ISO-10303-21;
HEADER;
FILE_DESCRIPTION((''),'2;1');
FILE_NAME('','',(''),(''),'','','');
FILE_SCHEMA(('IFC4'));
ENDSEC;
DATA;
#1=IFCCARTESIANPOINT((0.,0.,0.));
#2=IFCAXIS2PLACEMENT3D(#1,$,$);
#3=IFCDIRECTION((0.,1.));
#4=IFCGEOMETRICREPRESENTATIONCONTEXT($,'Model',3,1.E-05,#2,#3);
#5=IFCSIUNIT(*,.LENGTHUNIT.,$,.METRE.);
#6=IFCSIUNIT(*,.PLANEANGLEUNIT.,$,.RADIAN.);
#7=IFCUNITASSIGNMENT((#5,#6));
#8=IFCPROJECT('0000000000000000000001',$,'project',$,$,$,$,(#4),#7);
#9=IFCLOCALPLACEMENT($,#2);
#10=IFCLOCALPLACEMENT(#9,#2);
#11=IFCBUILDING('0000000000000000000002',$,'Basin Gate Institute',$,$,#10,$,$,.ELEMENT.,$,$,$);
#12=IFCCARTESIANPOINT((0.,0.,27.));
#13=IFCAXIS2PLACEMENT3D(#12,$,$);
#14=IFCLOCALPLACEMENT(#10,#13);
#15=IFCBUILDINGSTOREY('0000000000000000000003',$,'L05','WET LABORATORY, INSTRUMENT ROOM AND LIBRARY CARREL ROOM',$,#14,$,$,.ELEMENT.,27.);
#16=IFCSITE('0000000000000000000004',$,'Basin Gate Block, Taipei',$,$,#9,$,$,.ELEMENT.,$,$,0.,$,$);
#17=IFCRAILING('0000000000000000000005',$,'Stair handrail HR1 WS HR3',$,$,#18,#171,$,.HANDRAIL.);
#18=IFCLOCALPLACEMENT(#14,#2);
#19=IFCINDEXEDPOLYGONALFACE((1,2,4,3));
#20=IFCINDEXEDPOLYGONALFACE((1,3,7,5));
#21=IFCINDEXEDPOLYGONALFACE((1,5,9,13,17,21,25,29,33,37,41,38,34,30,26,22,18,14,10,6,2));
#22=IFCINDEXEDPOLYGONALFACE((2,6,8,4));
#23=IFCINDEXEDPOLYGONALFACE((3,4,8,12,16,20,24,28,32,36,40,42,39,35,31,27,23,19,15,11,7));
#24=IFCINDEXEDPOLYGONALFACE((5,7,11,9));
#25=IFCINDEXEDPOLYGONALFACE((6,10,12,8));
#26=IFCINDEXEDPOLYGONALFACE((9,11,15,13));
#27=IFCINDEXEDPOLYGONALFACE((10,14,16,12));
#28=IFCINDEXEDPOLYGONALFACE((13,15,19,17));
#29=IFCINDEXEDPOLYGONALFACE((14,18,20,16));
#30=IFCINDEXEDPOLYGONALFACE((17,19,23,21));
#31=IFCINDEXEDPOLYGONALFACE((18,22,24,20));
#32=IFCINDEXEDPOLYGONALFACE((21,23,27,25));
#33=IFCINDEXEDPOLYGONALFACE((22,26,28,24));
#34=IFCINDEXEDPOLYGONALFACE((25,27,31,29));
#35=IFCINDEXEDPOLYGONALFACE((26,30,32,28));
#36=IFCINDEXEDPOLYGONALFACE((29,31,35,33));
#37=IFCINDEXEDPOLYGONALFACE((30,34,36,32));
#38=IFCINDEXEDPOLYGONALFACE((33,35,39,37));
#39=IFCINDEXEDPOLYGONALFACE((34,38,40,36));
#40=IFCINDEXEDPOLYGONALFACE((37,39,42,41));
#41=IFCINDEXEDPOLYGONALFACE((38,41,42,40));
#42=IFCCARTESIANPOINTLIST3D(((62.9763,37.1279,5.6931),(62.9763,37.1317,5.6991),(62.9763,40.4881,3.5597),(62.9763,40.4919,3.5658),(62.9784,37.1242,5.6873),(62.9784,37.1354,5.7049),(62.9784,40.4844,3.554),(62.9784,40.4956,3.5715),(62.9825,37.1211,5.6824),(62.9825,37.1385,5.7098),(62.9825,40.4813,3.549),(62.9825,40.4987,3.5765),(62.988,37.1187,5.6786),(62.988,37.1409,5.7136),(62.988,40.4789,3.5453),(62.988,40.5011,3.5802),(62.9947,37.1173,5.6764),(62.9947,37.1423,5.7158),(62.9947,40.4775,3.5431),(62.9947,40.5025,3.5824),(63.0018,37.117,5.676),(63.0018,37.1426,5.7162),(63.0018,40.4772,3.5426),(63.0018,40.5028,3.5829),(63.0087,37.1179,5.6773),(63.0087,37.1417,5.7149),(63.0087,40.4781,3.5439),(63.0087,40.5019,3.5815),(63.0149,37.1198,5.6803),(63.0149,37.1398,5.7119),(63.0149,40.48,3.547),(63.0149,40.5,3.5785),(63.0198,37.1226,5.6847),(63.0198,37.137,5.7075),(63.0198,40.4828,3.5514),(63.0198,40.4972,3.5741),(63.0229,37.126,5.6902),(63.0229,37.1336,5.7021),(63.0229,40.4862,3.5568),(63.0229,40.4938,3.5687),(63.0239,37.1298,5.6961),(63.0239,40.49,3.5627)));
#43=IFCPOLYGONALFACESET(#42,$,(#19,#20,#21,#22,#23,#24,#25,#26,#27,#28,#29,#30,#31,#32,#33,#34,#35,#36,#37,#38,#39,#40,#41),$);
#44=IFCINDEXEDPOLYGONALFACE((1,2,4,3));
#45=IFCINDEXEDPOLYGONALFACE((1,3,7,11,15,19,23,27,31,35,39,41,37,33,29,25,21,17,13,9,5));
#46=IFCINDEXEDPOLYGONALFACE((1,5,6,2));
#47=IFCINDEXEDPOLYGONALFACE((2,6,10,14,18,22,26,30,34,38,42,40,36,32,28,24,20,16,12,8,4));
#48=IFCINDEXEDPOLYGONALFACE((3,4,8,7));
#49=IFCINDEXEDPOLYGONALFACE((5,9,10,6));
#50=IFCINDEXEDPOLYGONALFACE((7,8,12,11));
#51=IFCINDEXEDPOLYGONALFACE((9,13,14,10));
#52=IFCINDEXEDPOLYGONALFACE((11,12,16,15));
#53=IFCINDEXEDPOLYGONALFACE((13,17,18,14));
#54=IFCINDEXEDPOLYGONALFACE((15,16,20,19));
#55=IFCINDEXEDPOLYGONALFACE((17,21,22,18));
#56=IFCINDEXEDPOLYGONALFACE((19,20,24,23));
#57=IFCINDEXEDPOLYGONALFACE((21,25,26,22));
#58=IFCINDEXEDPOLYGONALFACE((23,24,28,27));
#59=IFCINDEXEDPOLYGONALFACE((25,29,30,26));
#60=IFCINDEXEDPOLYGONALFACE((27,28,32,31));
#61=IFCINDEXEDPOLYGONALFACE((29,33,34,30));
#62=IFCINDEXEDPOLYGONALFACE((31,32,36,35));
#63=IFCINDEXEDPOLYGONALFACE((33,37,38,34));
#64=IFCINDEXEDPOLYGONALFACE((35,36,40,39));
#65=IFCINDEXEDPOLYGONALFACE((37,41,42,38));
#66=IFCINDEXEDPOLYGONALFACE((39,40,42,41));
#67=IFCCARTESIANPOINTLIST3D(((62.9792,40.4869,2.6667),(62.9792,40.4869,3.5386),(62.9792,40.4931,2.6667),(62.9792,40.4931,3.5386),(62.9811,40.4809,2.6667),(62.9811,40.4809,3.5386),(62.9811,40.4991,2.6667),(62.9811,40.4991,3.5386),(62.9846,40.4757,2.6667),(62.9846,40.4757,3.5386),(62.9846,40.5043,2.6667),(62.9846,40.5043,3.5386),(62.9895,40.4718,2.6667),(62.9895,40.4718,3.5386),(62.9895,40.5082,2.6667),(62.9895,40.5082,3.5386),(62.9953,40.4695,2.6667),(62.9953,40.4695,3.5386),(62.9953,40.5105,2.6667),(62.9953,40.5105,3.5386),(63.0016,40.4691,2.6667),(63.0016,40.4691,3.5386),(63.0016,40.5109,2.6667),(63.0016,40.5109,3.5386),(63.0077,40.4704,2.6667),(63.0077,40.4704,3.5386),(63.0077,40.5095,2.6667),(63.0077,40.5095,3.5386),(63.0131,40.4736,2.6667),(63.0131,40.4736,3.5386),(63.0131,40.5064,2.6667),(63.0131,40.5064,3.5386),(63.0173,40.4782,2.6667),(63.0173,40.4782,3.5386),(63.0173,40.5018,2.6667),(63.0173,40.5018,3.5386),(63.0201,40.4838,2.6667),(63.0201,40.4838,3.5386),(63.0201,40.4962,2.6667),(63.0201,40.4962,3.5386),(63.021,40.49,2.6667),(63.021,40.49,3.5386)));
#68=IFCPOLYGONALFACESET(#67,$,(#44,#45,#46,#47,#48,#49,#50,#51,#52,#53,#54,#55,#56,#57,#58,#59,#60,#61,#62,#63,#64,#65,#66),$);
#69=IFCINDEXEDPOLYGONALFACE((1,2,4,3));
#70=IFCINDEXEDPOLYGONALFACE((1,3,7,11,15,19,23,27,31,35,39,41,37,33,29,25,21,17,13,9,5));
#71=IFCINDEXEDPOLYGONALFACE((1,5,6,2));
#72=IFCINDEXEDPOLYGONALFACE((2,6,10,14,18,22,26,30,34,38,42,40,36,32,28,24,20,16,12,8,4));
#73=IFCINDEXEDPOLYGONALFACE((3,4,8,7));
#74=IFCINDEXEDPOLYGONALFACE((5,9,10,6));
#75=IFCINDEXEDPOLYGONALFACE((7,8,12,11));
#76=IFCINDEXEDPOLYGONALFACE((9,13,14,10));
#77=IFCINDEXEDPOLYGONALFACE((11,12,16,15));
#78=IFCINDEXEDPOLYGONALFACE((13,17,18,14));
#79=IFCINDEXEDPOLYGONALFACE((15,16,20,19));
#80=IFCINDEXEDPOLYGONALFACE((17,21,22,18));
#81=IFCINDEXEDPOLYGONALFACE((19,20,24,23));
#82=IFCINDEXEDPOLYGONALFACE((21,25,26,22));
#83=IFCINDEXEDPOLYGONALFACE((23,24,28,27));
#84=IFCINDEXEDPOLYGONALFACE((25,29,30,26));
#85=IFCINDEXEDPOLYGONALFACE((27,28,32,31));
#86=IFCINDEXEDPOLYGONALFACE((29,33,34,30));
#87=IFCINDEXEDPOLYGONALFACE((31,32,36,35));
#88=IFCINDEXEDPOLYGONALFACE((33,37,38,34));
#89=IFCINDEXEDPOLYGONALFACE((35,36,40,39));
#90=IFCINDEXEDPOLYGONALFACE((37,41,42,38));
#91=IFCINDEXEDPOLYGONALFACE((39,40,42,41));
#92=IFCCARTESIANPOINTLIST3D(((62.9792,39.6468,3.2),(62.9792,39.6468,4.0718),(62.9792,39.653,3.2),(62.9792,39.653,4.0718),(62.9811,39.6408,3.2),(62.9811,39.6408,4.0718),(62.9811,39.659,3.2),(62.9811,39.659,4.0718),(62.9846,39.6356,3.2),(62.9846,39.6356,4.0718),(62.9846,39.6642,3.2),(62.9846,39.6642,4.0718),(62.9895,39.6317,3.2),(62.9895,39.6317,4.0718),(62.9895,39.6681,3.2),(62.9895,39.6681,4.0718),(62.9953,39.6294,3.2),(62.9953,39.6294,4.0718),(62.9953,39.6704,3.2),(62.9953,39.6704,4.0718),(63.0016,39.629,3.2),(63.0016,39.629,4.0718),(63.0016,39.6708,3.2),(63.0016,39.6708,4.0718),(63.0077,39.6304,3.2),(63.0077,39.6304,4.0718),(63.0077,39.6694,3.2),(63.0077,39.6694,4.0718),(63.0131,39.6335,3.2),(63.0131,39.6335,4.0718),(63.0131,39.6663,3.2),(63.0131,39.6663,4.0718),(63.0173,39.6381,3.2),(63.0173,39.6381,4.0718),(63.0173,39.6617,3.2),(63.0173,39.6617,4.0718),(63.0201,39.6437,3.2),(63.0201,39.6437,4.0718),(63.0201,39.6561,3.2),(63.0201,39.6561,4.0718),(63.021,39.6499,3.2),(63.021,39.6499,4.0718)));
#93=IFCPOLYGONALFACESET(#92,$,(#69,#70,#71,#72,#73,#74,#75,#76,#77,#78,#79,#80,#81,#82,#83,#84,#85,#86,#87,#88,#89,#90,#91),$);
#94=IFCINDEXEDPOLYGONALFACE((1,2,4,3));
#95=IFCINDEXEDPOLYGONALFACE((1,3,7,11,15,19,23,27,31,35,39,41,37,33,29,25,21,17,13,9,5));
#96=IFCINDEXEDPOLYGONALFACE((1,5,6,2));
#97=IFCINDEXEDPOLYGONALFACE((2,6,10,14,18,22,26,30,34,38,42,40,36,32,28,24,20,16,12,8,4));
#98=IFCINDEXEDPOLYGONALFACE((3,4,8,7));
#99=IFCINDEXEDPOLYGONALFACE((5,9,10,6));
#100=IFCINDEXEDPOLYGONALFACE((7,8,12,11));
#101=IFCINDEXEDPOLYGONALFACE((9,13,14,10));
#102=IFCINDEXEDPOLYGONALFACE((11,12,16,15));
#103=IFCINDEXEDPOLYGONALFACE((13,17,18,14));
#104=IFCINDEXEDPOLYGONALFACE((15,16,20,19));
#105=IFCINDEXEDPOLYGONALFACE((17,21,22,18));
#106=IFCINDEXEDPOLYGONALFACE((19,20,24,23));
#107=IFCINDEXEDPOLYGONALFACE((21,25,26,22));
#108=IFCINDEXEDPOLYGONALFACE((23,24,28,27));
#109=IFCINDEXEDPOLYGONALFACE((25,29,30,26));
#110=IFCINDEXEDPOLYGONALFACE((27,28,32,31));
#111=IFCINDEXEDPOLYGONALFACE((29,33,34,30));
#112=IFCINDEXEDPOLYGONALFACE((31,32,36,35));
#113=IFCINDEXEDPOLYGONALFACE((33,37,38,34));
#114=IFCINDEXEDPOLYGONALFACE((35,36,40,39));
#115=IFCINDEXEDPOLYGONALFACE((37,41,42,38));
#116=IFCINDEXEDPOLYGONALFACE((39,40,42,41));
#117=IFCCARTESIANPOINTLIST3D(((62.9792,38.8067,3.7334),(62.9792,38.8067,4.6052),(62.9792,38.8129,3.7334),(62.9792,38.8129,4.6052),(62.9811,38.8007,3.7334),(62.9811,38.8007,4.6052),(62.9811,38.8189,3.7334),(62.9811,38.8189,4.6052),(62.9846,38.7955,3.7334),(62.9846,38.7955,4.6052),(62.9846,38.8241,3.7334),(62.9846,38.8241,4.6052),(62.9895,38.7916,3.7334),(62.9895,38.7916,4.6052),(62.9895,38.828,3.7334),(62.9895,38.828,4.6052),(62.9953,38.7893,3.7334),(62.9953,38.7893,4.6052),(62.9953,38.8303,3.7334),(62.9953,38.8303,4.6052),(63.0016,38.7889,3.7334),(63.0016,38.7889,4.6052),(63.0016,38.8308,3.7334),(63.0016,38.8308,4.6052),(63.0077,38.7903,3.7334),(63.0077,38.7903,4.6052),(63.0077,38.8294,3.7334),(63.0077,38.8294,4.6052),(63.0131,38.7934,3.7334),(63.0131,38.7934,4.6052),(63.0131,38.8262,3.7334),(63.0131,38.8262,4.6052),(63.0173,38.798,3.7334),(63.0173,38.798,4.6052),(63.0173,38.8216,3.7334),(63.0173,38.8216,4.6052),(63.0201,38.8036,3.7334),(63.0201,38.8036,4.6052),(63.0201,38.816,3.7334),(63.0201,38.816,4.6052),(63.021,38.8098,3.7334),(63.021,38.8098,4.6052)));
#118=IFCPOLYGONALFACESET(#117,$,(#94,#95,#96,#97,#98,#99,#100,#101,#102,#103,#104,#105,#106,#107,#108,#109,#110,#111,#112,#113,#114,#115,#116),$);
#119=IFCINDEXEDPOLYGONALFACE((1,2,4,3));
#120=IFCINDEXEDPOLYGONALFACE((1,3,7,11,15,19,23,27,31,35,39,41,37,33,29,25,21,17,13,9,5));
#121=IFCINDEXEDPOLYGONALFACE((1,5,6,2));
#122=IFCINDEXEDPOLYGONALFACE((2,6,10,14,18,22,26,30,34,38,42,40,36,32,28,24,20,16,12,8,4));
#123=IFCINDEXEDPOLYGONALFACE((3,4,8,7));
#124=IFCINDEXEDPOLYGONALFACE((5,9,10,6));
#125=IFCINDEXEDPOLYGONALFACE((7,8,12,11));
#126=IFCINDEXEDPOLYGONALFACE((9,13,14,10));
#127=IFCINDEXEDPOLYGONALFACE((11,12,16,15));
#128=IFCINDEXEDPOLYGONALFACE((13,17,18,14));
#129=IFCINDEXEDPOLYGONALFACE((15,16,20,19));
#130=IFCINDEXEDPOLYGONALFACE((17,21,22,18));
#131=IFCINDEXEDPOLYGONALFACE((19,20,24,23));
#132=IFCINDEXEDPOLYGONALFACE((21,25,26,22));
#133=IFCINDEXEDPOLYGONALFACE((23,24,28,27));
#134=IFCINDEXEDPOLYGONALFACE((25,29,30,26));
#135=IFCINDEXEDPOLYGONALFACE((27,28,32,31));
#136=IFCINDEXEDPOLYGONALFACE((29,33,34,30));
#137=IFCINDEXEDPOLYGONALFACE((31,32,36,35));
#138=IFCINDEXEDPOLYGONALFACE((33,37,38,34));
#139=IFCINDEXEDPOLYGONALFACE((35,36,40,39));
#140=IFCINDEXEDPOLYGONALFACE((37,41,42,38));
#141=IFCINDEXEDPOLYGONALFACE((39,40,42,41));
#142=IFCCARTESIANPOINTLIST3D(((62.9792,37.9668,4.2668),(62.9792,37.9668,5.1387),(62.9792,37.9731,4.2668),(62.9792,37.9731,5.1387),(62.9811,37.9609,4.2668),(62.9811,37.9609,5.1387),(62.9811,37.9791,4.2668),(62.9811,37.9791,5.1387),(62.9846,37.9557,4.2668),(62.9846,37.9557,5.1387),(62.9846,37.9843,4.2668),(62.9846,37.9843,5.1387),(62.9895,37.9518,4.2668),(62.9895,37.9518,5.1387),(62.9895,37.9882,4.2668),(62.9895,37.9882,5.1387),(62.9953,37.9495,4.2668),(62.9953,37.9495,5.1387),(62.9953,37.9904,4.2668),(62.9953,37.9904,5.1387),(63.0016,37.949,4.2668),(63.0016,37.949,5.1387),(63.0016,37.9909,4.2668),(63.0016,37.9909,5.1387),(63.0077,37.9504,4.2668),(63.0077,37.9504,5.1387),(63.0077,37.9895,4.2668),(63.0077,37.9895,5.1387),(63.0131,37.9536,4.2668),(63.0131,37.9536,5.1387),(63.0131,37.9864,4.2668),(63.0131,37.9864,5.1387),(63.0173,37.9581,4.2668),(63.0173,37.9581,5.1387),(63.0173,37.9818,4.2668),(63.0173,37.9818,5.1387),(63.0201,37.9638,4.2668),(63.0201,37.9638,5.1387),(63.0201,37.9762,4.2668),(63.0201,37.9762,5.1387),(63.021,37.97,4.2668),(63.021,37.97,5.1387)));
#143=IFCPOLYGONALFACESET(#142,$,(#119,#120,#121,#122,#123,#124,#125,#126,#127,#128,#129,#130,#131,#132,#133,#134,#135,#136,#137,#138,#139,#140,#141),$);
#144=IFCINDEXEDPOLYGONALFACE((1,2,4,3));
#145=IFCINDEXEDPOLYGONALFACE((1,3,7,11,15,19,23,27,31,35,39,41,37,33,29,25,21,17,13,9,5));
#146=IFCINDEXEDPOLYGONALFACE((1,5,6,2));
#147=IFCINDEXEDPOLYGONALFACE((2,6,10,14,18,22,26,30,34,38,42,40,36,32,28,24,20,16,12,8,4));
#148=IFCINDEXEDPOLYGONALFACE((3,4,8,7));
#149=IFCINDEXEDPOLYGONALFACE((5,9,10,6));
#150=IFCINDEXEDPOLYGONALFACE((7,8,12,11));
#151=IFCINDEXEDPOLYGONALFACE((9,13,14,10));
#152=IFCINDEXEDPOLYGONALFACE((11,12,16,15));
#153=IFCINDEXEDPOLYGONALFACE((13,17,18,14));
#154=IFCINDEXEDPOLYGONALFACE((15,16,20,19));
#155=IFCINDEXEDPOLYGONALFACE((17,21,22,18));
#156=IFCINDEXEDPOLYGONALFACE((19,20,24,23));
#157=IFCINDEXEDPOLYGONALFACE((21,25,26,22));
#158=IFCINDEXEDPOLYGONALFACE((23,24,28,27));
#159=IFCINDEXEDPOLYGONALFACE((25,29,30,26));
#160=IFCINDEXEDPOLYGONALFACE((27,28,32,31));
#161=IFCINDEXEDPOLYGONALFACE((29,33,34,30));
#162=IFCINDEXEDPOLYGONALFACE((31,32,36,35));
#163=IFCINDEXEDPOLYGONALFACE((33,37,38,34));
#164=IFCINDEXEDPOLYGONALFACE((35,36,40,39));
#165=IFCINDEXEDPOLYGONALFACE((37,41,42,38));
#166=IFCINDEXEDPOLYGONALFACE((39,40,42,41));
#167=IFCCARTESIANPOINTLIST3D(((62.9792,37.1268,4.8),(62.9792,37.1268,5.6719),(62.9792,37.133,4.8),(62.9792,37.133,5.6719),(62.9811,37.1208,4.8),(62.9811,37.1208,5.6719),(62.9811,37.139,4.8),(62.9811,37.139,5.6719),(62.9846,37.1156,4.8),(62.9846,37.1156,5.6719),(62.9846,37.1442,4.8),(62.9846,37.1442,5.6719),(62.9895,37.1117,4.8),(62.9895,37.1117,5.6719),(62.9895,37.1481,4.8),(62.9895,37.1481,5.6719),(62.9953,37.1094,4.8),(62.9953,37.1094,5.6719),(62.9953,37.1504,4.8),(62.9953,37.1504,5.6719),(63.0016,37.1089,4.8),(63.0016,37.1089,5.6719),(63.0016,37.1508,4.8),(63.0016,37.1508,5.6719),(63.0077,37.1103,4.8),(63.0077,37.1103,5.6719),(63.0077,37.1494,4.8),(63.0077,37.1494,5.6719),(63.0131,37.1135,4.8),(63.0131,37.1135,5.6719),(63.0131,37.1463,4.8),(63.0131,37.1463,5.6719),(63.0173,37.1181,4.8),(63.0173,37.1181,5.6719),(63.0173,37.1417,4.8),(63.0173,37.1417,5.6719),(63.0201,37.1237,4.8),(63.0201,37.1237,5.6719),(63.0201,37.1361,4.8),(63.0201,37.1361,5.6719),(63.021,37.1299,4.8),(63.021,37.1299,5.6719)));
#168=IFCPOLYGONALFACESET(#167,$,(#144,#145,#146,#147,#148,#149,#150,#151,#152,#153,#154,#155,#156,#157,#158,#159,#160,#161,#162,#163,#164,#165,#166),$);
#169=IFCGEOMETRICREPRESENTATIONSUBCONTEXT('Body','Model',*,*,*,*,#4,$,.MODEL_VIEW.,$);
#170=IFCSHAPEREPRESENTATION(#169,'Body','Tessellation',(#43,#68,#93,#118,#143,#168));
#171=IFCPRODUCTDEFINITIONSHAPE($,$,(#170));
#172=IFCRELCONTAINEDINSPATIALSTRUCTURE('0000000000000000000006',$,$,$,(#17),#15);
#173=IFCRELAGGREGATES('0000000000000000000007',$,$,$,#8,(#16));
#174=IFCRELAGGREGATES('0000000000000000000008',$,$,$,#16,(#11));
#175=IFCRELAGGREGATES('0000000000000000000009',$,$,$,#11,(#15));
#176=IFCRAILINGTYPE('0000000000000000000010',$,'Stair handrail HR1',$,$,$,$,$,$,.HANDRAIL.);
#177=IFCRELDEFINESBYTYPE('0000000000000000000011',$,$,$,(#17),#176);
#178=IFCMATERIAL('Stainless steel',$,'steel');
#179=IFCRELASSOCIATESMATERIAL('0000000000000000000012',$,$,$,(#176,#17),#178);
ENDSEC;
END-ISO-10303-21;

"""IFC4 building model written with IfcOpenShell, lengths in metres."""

from ifc_helpers import new_model, si_unit, direction, frame, origin, origin_2d, place, context, subcontext, project, spatial, circle, extrude, material, type_object, element, save


model = new_model("IFC4")

# Units and contexts
model_context = context("Model", 3, precision=1e-05, world=origin(), true_north=direction((0.0, 1.0)))
body_context = subcontext(model_context, "Body", "Model", "MODEL_VIEW")
ifc_project = project(units=[si_unit("LENGTHUNIT", "METRE"), si_unit("PLANEANGLEUNIT", "RADIAN")], contexts=[model_context])

# Site, building, storey
site_placement = place(None, origin())
site = spatial("IfcSite", under=ifc_project, at=site_placement, Name="Basin Gate Block, Taipei", CompositionType="ELEMENT", RefElevation=0.0)
building_placement = place(site_placement, origin())
building = spatial("IfcBuilding", under=site, at=building_placement, Name="Basin Gate Institute", CompositionType="ELEMENT")
storey_placement = place(building_placement, frame((0.0, 0.0, 27.0)))
storey = spatial("IfcBuildingStorey", under=building, at=storey_placement, Name="L05", Description="WET LABORATORY, INSTRUMENT ROOM AND LIBRARY CARREL ROOM", CompositionType="ELEMENT", Elevation=27.0)

# Railing
ifc_material_1 = material(Name="Stainless steel", Category="steel")
railing_type_1 = type_object("IfcRailingType", Name="Stair handrail HR1", PredefinedType="HANDRAIL", material=ifc_material_1)
railing_1_placement = place(storey_placement, frame((63.0, 40.49, 2.6667)))
element("IfcRailing", 1, at=railing_1_placement, inside=storey, type_object=railing_type_1, material=ifc_material_1, Name="Stair handrail HR1 WS HR3", PredefinedType="HANDRAIL", context=body_context, shape_type="SweptSolid", body=[
    extrude(circle(Radius=0.0239, at=origin_2d()), frame((0.0, 0.0, 0.896), z_axis=(0.0, -0.844224, 0.53599), x_axis=(1.0, 0.0, 0.0)), (0.0, 0.0, 1.0), 3.9802),
    extrude(circle(Radius=0.021, at=origin_2d()), origin(), (0.0, 0.0, 1.0), 0.8718),
    extrude(circle(Radius=0.021, at=origin_2d()), frame((0.0, -0.8401, 0.5332)), (0.0, 0.0, 1.0), 0.8718),
    extrude(circle(Radius=0.021, at=origin_2d()), frame((0.0, -1.6802, 1.0667)), (0.0, 0.0, 1.0), 0.8718),
    extrude(circle(Radius=0.021, at=origin_2d()), frame((0.0, -2.52, 1.6001)), (0.0, 0.0, 1.0), 0.8718),
    extrude(circle(Radius=0.021, at=origin_2d()), frame((0.0, -3.3601, 2.1333)), (0.0, 0.0, 1.0), 0.8718),
])

save(model, "model.ifc")
